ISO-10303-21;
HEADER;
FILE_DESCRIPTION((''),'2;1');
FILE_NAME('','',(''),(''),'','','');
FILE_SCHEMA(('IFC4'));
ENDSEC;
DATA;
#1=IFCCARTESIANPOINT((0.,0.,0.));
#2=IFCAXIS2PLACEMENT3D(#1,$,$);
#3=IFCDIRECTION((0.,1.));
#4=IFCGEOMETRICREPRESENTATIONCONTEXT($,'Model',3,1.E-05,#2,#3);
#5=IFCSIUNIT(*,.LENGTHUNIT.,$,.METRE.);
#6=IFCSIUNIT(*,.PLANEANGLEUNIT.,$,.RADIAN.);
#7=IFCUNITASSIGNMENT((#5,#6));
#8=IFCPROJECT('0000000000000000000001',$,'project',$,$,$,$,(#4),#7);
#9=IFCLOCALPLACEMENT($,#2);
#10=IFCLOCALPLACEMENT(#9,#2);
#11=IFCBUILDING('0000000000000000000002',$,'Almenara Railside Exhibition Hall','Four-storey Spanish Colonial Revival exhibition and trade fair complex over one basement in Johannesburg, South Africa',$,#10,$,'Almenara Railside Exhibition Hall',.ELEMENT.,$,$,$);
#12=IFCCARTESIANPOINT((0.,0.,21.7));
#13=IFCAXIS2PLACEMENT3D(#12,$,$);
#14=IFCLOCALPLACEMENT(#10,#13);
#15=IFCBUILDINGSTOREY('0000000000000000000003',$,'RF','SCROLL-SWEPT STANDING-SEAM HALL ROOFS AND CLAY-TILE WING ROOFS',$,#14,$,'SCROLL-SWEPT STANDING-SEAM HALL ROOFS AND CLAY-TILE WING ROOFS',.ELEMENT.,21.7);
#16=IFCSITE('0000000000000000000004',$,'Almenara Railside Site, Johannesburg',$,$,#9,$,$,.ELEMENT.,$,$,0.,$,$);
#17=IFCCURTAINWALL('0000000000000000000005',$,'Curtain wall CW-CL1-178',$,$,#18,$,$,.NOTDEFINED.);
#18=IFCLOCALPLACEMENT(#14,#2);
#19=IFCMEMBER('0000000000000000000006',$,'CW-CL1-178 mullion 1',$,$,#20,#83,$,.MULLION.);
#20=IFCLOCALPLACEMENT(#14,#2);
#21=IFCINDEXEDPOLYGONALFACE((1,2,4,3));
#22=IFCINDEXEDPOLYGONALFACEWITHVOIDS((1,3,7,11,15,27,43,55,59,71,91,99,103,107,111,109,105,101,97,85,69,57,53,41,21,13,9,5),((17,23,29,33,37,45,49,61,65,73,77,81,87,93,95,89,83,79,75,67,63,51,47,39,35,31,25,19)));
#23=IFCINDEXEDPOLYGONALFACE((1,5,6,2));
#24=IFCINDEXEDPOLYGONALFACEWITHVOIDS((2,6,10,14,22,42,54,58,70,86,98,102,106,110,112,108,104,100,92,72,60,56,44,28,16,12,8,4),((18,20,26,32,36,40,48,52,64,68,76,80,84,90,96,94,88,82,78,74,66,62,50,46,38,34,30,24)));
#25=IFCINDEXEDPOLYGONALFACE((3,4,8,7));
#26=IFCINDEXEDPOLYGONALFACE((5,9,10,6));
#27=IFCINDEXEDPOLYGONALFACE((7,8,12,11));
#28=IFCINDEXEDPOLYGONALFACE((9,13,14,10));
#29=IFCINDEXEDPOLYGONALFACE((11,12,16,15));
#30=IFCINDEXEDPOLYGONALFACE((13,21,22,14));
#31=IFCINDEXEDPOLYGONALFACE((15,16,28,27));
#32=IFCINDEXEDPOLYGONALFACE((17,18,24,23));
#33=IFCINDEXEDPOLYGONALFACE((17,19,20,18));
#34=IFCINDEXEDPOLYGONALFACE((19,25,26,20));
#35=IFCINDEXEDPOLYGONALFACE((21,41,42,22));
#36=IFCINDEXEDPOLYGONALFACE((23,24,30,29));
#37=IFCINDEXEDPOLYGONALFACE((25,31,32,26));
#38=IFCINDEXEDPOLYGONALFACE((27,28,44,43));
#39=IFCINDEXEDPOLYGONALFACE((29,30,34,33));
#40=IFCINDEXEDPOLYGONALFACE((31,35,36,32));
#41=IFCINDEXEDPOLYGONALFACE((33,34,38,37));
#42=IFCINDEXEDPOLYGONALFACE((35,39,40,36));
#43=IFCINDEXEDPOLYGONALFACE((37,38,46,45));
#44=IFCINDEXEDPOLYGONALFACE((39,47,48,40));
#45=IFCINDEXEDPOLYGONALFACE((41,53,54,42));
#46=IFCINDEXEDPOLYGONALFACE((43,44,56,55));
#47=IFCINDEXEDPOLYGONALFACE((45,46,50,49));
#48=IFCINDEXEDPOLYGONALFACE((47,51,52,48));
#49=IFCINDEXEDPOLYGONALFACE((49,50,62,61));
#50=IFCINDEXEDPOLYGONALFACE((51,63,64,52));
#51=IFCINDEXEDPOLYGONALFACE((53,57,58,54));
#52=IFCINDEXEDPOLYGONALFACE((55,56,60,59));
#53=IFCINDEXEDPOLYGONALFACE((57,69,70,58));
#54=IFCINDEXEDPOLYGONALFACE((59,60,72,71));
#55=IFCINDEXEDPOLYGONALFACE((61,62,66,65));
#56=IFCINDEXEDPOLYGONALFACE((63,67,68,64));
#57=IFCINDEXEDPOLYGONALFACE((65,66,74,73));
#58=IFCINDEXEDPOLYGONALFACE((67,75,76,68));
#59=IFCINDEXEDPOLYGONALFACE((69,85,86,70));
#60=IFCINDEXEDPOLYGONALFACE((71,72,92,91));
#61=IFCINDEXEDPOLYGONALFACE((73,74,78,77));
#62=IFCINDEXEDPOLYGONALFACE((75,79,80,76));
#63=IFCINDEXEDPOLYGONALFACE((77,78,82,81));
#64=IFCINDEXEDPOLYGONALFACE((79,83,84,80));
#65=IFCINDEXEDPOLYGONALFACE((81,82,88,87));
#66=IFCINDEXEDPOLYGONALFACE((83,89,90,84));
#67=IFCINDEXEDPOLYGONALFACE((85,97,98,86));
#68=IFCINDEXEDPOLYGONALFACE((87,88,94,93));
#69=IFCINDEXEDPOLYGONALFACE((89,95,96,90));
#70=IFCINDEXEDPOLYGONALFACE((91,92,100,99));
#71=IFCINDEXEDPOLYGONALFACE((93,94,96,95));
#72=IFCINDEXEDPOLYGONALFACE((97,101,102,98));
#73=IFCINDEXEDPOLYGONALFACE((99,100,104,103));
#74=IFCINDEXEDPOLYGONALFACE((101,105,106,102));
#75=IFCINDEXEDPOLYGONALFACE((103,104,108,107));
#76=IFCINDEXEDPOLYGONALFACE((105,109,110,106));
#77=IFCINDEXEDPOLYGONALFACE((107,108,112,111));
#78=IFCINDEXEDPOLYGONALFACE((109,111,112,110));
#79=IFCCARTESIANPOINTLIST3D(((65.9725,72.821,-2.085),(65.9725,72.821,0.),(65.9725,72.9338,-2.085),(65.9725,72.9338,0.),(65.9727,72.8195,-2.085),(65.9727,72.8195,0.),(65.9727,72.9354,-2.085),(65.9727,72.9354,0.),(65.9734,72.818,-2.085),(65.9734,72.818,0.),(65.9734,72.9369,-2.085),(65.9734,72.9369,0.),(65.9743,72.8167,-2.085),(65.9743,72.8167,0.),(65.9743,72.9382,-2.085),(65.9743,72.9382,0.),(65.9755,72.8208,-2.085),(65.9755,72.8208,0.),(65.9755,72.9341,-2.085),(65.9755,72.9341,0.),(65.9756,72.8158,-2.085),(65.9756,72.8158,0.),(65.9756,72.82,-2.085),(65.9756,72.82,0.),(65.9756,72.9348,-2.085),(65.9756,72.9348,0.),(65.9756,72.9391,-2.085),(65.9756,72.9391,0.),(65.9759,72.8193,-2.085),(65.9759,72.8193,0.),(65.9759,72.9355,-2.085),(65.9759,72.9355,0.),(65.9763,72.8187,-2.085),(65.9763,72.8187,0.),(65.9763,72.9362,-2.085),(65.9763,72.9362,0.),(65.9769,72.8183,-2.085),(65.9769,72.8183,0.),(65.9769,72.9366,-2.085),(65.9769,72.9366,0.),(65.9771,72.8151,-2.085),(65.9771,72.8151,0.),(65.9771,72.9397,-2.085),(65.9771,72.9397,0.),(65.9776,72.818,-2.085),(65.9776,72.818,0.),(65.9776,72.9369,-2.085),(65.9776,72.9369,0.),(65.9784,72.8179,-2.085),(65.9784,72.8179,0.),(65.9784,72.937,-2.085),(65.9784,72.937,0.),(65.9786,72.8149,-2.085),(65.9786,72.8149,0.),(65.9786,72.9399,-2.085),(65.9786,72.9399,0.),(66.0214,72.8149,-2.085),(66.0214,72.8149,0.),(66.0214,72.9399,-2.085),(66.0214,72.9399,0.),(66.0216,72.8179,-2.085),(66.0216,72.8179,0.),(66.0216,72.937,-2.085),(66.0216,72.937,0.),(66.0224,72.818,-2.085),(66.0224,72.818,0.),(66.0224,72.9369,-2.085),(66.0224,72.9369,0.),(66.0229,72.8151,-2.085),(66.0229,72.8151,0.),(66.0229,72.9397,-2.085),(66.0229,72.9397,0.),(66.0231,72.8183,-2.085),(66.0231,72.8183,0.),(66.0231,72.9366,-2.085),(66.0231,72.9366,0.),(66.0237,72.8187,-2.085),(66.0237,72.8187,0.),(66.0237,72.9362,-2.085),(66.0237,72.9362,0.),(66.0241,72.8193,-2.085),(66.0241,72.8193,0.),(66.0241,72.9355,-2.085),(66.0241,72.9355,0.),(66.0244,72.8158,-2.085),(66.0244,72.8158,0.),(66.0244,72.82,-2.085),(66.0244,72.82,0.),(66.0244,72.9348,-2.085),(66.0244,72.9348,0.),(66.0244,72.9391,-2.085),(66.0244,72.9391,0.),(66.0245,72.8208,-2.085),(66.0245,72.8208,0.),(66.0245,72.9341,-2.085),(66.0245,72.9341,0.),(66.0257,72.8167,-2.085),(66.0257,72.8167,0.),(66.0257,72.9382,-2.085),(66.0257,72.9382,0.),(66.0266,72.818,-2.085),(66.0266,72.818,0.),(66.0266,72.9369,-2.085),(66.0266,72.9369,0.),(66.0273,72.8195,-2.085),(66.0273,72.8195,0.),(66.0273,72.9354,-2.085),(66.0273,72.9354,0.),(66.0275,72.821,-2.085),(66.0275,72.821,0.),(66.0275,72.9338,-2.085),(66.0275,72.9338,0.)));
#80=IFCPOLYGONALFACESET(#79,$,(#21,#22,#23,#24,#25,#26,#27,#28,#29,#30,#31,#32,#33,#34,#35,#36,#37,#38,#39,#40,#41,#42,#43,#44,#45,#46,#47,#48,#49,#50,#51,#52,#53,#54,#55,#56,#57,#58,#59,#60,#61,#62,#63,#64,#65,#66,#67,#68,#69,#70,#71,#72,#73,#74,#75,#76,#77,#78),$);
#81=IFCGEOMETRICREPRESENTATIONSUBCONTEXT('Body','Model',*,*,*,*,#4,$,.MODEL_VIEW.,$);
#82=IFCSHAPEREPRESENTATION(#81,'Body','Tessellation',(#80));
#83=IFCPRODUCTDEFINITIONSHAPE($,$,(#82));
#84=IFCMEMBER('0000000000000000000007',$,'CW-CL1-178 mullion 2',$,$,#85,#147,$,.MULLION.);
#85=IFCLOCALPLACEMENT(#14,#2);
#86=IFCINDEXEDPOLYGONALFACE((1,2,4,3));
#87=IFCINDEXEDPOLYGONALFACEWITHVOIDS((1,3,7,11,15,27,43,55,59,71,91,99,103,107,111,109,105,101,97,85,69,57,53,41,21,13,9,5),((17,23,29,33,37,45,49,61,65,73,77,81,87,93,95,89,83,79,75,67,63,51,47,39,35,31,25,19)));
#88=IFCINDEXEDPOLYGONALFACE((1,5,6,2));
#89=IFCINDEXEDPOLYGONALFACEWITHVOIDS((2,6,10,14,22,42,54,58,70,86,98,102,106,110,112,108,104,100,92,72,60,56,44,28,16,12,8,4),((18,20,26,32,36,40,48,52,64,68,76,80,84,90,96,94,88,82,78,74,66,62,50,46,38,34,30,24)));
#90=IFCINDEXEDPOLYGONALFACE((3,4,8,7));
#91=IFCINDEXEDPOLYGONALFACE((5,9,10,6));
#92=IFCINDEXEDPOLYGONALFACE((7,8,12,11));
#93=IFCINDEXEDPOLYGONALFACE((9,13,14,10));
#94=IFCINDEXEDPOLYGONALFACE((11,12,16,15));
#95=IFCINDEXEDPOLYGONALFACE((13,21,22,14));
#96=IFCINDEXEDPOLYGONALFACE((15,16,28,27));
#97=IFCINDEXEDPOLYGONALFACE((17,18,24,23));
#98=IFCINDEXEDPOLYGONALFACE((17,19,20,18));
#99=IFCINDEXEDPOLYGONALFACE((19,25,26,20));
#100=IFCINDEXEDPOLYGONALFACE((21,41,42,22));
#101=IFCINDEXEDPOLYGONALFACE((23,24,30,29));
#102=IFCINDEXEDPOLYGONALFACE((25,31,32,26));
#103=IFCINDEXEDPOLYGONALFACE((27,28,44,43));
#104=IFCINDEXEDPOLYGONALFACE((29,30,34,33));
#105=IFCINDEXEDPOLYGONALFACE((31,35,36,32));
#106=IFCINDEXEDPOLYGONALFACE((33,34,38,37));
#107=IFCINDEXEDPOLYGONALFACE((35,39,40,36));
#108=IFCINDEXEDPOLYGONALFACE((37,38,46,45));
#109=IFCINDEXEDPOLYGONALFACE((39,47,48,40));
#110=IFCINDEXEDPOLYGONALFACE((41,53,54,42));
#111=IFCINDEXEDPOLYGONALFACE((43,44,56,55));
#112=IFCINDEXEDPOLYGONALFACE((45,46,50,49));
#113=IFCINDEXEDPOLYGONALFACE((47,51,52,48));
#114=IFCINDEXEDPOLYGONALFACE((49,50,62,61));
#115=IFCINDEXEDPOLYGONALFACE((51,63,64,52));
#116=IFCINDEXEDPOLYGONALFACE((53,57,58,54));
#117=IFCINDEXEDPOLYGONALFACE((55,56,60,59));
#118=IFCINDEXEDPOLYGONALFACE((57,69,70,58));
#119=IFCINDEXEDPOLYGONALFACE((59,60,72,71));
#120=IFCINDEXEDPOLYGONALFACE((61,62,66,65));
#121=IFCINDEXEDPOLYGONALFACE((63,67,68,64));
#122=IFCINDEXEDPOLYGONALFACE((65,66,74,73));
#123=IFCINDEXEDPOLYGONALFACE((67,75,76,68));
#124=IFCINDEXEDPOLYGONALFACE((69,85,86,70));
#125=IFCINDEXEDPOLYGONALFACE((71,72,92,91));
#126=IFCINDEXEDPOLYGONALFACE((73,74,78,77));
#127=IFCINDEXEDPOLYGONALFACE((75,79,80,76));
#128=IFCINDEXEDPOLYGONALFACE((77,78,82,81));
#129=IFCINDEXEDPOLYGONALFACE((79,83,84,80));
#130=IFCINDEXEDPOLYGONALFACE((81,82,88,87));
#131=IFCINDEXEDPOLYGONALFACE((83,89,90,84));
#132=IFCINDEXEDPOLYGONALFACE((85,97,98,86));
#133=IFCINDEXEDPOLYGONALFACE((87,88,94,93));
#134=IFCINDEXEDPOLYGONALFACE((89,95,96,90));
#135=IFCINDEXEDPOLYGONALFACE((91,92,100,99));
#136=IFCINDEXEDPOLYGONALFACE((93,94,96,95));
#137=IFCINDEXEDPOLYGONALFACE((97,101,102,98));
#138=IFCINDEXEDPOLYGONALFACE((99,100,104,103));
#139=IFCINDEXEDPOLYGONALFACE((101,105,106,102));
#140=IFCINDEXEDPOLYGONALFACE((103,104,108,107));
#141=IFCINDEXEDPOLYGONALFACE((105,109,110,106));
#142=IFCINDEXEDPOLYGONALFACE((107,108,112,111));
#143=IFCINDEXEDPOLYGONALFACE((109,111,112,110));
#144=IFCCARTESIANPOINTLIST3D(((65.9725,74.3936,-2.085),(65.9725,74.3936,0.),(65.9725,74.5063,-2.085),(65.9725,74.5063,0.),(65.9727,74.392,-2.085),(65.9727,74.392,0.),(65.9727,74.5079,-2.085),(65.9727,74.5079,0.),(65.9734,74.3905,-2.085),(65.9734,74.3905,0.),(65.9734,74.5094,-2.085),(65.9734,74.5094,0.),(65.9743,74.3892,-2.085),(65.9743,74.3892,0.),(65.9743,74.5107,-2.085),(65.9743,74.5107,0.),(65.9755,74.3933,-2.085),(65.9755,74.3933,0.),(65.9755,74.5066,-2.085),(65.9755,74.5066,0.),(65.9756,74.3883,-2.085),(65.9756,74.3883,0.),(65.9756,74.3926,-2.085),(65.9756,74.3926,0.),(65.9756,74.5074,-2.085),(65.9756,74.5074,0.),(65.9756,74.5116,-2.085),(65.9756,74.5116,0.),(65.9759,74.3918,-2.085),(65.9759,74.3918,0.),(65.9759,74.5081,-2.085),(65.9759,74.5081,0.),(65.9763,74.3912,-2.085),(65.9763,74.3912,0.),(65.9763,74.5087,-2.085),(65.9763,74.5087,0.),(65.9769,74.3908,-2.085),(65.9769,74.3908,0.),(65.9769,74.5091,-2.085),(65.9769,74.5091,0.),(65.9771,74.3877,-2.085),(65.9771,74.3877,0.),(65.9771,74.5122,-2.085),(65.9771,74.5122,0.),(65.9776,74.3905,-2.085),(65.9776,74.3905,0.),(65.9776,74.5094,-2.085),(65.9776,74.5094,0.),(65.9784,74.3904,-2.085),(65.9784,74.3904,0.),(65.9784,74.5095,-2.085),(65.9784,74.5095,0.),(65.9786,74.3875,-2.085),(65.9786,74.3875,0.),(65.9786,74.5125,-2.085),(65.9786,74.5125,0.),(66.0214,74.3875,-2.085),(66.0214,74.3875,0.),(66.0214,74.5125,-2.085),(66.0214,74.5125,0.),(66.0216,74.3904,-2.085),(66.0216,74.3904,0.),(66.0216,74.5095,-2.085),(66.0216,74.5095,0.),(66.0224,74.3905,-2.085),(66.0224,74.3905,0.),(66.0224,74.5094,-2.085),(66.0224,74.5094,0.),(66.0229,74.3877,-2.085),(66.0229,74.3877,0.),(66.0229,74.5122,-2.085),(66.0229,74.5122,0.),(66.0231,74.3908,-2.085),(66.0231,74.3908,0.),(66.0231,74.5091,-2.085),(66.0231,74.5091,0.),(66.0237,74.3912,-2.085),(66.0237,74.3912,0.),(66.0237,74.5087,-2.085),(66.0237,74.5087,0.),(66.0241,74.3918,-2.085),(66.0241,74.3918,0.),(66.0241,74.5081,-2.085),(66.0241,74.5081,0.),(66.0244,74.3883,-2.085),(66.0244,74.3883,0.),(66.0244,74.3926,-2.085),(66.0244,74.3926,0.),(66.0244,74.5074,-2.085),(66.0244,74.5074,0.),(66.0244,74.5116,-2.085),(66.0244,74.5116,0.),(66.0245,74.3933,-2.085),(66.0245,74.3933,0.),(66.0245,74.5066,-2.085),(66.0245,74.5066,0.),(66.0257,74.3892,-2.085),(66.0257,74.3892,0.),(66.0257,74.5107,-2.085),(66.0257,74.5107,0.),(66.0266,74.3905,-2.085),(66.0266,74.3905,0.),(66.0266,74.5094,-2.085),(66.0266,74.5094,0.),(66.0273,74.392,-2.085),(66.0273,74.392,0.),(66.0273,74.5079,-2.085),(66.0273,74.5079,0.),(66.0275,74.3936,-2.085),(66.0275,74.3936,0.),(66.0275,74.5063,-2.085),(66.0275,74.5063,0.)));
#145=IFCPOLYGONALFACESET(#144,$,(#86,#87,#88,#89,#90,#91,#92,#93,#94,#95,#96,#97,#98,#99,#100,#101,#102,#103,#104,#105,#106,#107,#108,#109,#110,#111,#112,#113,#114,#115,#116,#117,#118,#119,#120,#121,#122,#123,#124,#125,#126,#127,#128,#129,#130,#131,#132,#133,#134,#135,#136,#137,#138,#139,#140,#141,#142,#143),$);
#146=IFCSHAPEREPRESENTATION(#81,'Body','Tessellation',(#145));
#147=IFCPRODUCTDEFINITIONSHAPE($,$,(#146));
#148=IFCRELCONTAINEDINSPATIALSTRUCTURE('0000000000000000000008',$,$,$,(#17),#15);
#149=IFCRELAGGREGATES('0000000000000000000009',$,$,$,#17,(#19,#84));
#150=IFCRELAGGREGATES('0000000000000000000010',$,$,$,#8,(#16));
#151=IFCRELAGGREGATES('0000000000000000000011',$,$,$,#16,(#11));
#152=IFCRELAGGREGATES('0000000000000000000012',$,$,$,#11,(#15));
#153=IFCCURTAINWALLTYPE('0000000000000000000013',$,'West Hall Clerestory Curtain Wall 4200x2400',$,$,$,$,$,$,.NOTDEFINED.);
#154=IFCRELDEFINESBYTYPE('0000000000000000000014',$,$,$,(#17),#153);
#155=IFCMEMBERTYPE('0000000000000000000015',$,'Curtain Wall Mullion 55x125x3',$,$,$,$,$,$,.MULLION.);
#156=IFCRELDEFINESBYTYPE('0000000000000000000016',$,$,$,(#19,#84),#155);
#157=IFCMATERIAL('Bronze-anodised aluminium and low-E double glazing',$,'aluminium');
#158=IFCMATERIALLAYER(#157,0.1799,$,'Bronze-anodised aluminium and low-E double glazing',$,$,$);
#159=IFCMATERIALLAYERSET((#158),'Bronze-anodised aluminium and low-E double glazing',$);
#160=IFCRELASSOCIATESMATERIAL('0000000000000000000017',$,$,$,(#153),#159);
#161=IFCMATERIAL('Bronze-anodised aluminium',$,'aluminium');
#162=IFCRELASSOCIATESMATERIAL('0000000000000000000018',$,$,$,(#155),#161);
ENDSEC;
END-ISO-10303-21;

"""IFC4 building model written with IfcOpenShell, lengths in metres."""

from ifc_helpers import new_model, si_unit, direction, frame, origin, origin_2d, place, context, subcontext, project, spatial, hollow_rectangle, extrude, material, layer, layer_set, material_profile, profile_set, type_object, element, aggregate, save


model = new_model("IFC4")

# Units and contexts
model_context = context("Model", 3, precision=1e-05, world=origin(), true_north=direction((0.0, 1.0)))
body_context = subcontext(model_context, "Body", "Model", "MODEL_VIEW")
ifc_project = project(units=[si_unit("LENGTHUNIT", "METRE"), si_unit("PLANEANGLEUNIT", "RADIAN")], contexts=[model_context])

# Site, building, storey
site_placement = place(None, origin())
site = spatial("IfcSite", under=ifc_project, at=site_placement, Name="Almenara Railside Site, Johannesburg", CompositionType="ELEMENT", RefElevation=0.0)
building_placement = place(site_placement, origin())
building = spatial("IfcBuilding", under=site, at=building_placement, Name="Almenara Railside Exhibition Hall", Description="Four-storey Spanish Colonial Revival exhibition and trade fair complex over one basement in Johannesburg, South Africa", LongName="Almenara Railside Exhibition Hall", CompositionType="ELEMENT")
storey_placement = place(building_placement, frame((0.0, 0.0, 21.7)))
storey = spatial("IfcBuildingStorey", under=building, at=storey_placement, Name="RF", Description="SCROLL-SWEPT STANDING-SEAM HALL ROOFS AND CLAY-TILE WING ROOFS", LongName="SCROLL-SWEPT STANDING-SEAM HALL ROOFS AND CLAY-TILE WING ROOFS", CompositionType="ELEMENT", Elevation=21.7)

# Curtain wall, members
ifc_material_1 = material(Name="Bronze-anodised aluminium and low-E double glazing", Category="aluminium")
ifc_layer_1 = layer(ifc_material_1, 0.1799, Name="Bronze-anodised aluminium and low-E double glazing")
ifc_layer_set_1 = layer_set([ifc_layer_1], Name="Bronze-anodised aluminium and low-E double glazing")
curtain_wall_type = type_object("IfcCurtainWallType", Name="West Hall Clerestory Curtain Wall 4200x2400", PredefinedType="NOTDEFINED", material=ifc_layer_set_1)
curtain_wall_1_placement = place(storey_placement, origin())
curtain_wall_1 = element("IfcCurtainWall", 1, at=curtain_wall_1_placement, inside=storey, type_object=curtain_wall_type, Name="Curtain wall CW-CL1-178", PredefinedType="NOTDEFINED")
ifc_material_2 = material(Name="Bronze-anodised aluminium", Category="aluminium")
ifc_material_profile_1 = material_profile(ifc_material_2, hollow_rectangle(XDim=0.0549, YDim=0.125, WallThickness=0.0029, InnerFilletRadius=0.0029, OuterFilletRadius=0.0061, at=origin_2d()), Name="ALU-MUL 55x125x3")
ifc_profile_set_1 = profile_set([ifc_material_profile_1], Name="Bronze-anodised aluminium")
member_type_1 = type_object("IfcMemberType", Name="Curtain Wall Mullion 55x125x3", PredefinedType="MULLION", material=ifc_profile_set_1)
member_1_placement = place(storey_placement, frame((66.0, 72.8774, -2.085), z_axis=(0.0, 0.0, 1.0), x_axis=(-1.0, 0.0, 0.0)))
member_1 = element("IfcMember", 2, at=member_1_placement, type_object=member_type_1, Name="CW-CL1-178 mullion 1", PredefinedType="MULLION", context=body_context, shape_type="SweptSolid", body=[
    extrude(hollow_rectangle(XDim=0.0549, YDim=0.125, WallThickness=0.0029, InnerFilletRadius=0.0029, OuterFilletRadius=0.0061, at=origin_2d()), origin(), (0.0, 0.0, 1.0), 2.085),
])
member_2_placement = place(storey_placement, frame((66.0, 74.45, -2.085), z_axis=(0.0, 0.0, 1.0), x_axis=(-1.0, 0.0, 0.0)))
member_2 = element("IfcMember", 3, at=member_2_placement, type_object=member_type_1, Name="CW-CL1-178 mullion 2", PredefinedType="MULLION", context=body_context, shape_type="SweptSolid", body=[
    extrude(hollow_rectangle(XDim=0.0549, YDim=0.125, WallThickness=0.0029, InnerFilletRadius=0.0029, OuterFilletRadius=0.0061, at=origin_2d()), origin(), (0.0, 0.0, 1.0), 2.085),
])

aggregate(curtain_wall_1, [member_1, member_2])

save(model, "model.ifc")
